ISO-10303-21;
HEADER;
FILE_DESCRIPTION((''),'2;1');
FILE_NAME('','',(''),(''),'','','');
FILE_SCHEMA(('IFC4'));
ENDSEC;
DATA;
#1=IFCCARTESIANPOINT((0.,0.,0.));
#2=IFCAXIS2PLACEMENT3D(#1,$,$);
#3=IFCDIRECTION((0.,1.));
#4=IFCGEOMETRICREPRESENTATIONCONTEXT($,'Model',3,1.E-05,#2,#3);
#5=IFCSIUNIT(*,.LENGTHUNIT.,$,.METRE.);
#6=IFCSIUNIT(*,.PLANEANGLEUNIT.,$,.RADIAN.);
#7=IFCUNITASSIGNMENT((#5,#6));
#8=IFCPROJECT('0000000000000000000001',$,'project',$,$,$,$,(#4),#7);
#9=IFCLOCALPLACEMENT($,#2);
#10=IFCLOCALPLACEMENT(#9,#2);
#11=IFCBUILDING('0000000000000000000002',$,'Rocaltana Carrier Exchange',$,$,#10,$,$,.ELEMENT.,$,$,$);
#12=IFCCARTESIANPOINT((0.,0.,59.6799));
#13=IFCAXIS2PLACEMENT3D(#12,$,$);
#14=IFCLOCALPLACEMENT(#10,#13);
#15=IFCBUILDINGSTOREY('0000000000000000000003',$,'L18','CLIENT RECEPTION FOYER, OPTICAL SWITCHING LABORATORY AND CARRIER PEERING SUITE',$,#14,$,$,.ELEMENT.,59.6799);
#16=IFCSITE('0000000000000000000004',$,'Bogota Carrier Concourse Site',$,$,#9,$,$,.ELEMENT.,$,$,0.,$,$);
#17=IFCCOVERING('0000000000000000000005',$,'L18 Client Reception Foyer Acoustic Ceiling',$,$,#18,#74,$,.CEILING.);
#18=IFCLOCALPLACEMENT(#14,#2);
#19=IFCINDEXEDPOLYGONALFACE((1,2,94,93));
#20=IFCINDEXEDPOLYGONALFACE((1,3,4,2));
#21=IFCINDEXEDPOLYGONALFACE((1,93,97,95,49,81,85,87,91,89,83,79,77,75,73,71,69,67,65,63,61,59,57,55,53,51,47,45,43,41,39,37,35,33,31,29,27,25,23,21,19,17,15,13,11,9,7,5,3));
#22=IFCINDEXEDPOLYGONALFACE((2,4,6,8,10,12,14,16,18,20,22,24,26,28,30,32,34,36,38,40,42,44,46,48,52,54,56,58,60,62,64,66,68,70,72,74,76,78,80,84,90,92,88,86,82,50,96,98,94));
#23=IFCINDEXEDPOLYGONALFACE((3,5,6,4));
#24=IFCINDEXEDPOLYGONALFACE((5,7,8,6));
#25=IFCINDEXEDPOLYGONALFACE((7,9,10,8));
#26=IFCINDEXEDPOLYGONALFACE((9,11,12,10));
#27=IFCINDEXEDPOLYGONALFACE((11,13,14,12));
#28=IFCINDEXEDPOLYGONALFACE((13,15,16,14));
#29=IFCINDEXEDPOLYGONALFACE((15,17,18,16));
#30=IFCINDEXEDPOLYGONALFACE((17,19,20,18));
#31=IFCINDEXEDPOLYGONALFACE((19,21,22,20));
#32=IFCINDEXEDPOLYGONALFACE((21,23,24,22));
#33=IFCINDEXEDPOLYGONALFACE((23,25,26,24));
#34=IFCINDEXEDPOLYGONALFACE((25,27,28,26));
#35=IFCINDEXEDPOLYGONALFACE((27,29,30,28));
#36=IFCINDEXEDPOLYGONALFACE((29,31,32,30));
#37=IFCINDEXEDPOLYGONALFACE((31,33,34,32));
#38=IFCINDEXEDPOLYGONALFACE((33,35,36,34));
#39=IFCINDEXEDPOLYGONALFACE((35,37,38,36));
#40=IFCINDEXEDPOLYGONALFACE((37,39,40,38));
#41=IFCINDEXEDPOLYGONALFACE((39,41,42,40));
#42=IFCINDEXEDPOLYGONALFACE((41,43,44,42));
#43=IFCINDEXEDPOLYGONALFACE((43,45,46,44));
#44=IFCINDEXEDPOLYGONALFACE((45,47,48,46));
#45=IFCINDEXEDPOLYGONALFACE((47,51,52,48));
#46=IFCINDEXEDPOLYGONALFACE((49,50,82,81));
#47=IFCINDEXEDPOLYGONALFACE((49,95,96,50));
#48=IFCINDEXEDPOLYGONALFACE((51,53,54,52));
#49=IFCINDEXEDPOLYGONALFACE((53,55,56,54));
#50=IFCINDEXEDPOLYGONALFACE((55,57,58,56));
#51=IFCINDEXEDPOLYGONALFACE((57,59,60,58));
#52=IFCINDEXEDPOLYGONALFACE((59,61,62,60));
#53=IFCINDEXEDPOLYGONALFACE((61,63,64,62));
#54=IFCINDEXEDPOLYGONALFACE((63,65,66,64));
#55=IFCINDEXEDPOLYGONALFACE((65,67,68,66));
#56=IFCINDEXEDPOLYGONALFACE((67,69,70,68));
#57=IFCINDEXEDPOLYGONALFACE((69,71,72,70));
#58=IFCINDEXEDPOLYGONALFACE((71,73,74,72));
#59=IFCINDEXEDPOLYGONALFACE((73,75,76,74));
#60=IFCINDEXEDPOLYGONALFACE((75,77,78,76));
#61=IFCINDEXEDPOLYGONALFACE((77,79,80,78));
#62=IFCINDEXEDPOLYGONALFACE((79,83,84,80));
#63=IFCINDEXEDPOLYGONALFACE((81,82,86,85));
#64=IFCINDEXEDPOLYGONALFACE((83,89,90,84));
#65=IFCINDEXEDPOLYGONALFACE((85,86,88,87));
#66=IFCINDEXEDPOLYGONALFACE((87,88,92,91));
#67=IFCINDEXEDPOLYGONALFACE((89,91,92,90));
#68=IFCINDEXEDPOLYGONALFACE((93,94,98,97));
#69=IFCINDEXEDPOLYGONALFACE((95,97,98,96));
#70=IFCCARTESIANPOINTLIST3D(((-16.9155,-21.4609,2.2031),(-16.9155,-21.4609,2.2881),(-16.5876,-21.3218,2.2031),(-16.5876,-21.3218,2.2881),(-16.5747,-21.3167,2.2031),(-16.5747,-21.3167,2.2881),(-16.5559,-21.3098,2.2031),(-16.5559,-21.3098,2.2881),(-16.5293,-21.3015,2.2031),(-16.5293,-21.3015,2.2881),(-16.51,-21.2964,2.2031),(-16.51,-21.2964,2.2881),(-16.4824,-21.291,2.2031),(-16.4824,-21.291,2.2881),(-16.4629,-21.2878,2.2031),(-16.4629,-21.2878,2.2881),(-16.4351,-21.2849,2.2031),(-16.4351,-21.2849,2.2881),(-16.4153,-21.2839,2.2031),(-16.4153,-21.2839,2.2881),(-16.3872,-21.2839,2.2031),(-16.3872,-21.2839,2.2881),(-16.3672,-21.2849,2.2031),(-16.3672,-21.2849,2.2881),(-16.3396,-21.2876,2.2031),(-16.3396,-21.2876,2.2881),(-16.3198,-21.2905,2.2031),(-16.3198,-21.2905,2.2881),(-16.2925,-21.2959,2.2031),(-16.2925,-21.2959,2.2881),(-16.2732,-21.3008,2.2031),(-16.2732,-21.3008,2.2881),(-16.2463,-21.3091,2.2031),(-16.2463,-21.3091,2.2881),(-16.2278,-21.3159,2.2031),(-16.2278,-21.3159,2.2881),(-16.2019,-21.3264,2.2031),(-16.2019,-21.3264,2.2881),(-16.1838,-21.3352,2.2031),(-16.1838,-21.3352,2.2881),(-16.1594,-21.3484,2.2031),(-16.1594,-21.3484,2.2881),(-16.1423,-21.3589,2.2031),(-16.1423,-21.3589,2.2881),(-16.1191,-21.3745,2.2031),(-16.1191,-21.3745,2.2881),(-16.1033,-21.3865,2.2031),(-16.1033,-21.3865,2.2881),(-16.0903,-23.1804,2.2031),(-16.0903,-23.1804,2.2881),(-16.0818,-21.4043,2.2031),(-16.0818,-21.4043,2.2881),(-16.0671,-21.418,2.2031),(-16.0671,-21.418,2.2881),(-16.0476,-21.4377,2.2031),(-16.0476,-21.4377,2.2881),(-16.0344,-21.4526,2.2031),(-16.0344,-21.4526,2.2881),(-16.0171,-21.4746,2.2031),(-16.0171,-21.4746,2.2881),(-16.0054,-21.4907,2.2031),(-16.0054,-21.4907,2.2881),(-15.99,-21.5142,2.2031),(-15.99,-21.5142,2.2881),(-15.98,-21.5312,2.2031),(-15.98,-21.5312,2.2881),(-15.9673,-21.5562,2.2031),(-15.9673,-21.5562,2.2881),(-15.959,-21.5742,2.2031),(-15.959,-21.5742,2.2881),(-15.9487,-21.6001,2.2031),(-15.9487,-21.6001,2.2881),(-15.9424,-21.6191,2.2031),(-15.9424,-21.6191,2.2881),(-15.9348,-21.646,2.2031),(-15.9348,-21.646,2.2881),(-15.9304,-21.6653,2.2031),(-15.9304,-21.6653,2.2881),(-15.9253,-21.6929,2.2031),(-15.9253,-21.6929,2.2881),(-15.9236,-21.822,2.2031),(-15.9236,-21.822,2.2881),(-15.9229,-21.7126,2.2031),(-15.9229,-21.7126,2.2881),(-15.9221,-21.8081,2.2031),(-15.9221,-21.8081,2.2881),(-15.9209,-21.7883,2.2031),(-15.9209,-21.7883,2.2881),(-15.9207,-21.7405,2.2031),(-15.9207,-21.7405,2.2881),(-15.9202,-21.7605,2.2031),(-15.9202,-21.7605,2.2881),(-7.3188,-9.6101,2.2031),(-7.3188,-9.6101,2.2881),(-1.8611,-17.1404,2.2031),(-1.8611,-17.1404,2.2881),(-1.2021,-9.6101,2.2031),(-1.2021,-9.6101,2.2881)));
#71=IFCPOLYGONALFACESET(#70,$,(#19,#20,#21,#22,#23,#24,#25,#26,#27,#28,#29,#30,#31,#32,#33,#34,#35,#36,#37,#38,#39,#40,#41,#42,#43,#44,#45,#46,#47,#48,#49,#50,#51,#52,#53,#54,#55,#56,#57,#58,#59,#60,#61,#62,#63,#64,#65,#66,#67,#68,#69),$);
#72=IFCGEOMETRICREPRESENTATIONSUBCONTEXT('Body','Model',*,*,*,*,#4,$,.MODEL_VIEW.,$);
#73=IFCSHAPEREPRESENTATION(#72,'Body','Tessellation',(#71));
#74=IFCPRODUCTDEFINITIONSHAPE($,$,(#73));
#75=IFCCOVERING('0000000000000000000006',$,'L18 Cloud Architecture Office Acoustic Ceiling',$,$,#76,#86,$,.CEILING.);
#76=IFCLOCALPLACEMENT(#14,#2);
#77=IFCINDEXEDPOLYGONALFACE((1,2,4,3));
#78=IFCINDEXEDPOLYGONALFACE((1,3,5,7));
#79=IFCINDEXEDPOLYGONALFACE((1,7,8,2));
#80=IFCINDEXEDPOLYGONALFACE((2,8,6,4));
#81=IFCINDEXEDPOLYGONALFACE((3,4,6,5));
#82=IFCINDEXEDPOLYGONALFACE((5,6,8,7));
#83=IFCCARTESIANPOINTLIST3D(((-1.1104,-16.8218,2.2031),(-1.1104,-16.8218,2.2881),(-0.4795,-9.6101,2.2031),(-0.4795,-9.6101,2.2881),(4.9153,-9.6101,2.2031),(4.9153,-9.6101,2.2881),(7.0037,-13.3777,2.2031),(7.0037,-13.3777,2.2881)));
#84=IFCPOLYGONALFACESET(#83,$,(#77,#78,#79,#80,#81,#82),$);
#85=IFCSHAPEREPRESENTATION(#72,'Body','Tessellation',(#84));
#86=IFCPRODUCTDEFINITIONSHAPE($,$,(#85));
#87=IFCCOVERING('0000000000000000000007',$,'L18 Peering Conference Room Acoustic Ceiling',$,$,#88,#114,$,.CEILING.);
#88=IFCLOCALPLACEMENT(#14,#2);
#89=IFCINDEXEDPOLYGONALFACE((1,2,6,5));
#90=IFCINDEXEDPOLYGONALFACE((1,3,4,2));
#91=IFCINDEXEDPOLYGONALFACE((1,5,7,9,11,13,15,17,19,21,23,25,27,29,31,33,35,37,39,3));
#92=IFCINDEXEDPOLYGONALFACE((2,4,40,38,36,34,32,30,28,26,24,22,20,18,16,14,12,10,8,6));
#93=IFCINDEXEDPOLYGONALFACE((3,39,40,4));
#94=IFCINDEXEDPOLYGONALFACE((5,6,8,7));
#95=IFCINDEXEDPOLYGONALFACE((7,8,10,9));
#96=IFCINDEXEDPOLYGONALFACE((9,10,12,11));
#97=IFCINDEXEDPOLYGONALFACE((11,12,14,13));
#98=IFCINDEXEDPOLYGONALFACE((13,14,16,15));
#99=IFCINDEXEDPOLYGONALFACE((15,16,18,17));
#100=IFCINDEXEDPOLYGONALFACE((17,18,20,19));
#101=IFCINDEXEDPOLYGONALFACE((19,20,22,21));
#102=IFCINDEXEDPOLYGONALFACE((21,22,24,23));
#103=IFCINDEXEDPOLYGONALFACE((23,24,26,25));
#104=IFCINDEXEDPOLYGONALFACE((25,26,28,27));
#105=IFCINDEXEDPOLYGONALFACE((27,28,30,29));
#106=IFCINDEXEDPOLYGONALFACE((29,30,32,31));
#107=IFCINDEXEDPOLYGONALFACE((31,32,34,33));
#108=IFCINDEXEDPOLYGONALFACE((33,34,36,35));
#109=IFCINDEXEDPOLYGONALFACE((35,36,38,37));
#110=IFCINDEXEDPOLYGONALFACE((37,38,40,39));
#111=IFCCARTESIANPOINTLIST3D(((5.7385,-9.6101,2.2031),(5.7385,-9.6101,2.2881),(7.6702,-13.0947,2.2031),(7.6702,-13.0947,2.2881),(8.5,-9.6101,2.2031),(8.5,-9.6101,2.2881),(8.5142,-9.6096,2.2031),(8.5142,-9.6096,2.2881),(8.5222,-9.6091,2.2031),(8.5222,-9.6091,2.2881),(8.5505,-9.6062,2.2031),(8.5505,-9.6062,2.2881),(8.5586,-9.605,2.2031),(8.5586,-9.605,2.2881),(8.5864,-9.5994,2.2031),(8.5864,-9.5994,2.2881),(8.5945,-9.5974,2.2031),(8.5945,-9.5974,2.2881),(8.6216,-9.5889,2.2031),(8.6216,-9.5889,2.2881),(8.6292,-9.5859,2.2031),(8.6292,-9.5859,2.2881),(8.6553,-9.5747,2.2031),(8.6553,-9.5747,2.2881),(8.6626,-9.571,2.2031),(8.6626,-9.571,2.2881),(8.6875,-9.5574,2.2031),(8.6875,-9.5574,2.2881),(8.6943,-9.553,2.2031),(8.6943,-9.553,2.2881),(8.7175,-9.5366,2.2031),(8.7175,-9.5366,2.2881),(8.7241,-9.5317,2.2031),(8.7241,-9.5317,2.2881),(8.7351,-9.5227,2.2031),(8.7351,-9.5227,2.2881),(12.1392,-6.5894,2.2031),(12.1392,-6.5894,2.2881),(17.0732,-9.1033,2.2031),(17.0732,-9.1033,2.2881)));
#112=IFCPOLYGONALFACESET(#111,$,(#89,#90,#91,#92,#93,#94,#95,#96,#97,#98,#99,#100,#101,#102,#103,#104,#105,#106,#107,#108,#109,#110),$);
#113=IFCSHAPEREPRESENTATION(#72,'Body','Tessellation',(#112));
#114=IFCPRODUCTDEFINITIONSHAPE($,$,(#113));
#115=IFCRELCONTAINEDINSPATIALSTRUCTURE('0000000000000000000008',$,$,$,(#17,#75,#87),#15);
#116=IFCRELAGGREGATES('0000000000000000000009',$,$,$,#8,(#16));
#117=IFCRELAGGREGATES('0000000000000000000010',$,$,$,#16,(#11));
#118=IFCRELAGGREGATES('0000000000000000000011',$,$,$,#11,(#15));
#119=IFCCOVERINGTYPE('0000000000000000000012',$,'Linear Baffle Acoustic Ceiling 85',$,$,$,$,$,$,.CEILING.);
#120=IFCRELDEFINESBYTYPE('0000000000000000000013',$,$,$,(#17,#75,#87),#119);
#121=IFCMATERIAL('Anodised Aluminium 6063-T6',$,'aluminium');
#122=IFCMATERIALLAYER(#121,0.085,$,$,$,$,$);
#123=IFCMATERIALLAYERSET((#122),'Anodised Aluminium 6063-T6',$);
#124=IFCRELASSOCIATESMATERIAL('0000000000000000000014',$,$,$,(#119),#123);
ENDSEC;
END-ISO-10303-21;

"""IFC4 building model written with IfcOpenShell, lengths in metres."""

from ifc_helpers import new_model, si_unit, direction, frame, origin, place, context, subcontext, project, spatial, polyline, outline, extrude, material, layer, layer_set, type_object, element, save


model = new_model("IFC4")

# Units and contexts
model_context = context("Model", 3, precision=1e-05, world=origin(), true_north=direction((0.0, 1.0)))
body_context = subcontext(model_context, "Body", "Model", "MODEL_VIEW")
ifc_project = project(units=[si_unit("LENGTHUNIT", "METRE"), si_unit("PLANEANGLEUNIT", "RADIAN")], contexts=[model_context])

# Site, building, storey
site_placement = place(None, origin())
site = spatial("IfcSite", under=ifc_project, at=site_placement, Name="Bogota Carrier Concourse Site", CompositionType="ELEMENT", RefElevation=0.0)
building_placement = place(site_placement, origin())
building = spatial("IfcBuilding", under=site, at=building_placement, Name="Rocaltana Carrier Exchange", CompositionType="ELEMENT")
storey_placement = place(building_placement, frame((0.0, 0.0, 59.6799)))
storey = spatial("IfcBuildingStorey", under=building, at=storey_placement, Name="L18", Description="CLIENT RECEPTION FOYER, OPTICAL SWITCHING LABORATORY AND CARRIER PEERING SUITE", CompositionType="ELEMENT", Elevation=59.6799)

# Coverings
ifc_material_1 = material(Name="Anodised Aluminium 6063-T6", Category="aluminium")
ifc_layer_1 = layer(ifc_material_1, 0.085)
ifc_layer_set_1 = layer_set([ifc_layer_1], Name="Anodised Aluminium 6063-T6")
covering_type_1 = type_object("IfcCoveringType", Name="Linear Baffle Acoustic Ceiling 85", PredefinedType="CEILING", material=ifc_layer_set_1)
covering_1_placement = place(storey_placement, frame((0.0, 0.0, 2.2031)))
element("IfcCovering", 1, at=covering_1_placement, inside=storey, type_object=covering_type_1, Name="L18 Client Reception Foyer Acoustic Ceiling", PredefinedType="CEILING", context=body_context, shape_type="SweptSolid", body=[
    extrude(outline(polyline([(-15.9236, -21.822), (-15.9221, -21.8081), (-15.9209, -21.7883), (-15.9202, -21.7605), (-15.9207, -21.7405), (-15.9229, -21.7126), (-15.9253, -21.6929), (-15.9304, -21.6653), (-15.9348, -21.646), (-15.9424, -21.6191), (-15.9487, -21.6001), (-15.959, -21.5742), (-15.9673, -21.5562), (-15.98, -21.5312), (-15.99, -21.5142), (-16.0054, -21.4907), (-16.0171, -21.4746), (-16.0344, -21.4526), (-16.0476, -21.4377), (-16.0671, -21.418), (-16.0818, -21.4043), (-16.1033, -21.3865), (-16.1191, -21.3745), (-16.1423, -21.3589), (-16.1594, -21.3484), (-16.1838, -21.3352), (-16.2019, -21.3264), (-16.2278, -21.3159), (-16.2463, -21.3091), (-16.2732, -21.3008), (-16.2925, -21.2959), (-16.3198, -21.2905), (-16.3396, -21.2876), (-16.3672, -21.2849), (-16.3872, -21.2839), (-16.4153, -21.2839), (-16.4351, -21.2849), (-16.4629, -21.2878), (-16.4824, -21.291), (-16.51, -21.2964), (-16.5293, -21.3015), (-16.5559, -21.3098), (-16.5747, -21.3167), (-16.5876, -21.3218), (-16.9155, -21.4609), (-7.3188, -9.6101), (-1.2021, -9.6101), (-1.8611, -17.1404), (-16.0903, -23.1804), (-15.9236, -21.822)])), origin(), (0.0, 0.0, 1.0), 0.085),
])
covering_2_placement = place(storey_placement, frame((0.0, 0.0, 2.2031)))
element("IfcCovering", 2, at=covering_2_placement, inside=storey, type_object=covering_type_1, Name="L18 Cloud Architecture Office Acoustic Ceiling", PredefinedType="CEILING", context=body_context, shape_type="SweptSolid", body=[
    extrude(outline(polyline([(-1.1104, -16.8218), (-0.4795, -9.6101), (4.9153, -9.6101), (7.0037, -13.3777), (-1.1104, -16.8218)])), origin(), (0.0, 0.0, 1.0), 0.085),
])
covering_3_placement = place(storey_placement, frame((0.0, 0.0, 2.2031)))
element("IfcCovering", 3, at=covering_3_placement, inside=storey, type_object=covering_type_1, Name="L18 Peering Conference Room Acoustic Ceiling", PredefinedType="CEILING", context=body_context, shape_type="SweptSolid", body=[
    extrude(outline(polyline([(7.6702, -13.0947), (5.7385, -9.6101), (8.5, -9.6101), (8.5142, -9.6096), (8.5222, -9.6091), (8.5505, -9.6062), (8.5586, -9.605), (8.5864, -9.5994), (8.5945, -9.5974), (8.6216, -9.5889), (8.6292, -9.5859), (8.6553, -9.5747), (8.6626, -9.571), (8.6875, -9.5574), (8.6943, -9.553), (8.7175, -9.5366), (8.7241, -9.5317), (8.7351, -9.5227), (12.1392, -6.5894), (17.0732, -9.1033), (7.6702, -13.0947)])), origin(), (0.0, 0.0, 1.0), 0.085),
])

save(model, "model.ifc")
